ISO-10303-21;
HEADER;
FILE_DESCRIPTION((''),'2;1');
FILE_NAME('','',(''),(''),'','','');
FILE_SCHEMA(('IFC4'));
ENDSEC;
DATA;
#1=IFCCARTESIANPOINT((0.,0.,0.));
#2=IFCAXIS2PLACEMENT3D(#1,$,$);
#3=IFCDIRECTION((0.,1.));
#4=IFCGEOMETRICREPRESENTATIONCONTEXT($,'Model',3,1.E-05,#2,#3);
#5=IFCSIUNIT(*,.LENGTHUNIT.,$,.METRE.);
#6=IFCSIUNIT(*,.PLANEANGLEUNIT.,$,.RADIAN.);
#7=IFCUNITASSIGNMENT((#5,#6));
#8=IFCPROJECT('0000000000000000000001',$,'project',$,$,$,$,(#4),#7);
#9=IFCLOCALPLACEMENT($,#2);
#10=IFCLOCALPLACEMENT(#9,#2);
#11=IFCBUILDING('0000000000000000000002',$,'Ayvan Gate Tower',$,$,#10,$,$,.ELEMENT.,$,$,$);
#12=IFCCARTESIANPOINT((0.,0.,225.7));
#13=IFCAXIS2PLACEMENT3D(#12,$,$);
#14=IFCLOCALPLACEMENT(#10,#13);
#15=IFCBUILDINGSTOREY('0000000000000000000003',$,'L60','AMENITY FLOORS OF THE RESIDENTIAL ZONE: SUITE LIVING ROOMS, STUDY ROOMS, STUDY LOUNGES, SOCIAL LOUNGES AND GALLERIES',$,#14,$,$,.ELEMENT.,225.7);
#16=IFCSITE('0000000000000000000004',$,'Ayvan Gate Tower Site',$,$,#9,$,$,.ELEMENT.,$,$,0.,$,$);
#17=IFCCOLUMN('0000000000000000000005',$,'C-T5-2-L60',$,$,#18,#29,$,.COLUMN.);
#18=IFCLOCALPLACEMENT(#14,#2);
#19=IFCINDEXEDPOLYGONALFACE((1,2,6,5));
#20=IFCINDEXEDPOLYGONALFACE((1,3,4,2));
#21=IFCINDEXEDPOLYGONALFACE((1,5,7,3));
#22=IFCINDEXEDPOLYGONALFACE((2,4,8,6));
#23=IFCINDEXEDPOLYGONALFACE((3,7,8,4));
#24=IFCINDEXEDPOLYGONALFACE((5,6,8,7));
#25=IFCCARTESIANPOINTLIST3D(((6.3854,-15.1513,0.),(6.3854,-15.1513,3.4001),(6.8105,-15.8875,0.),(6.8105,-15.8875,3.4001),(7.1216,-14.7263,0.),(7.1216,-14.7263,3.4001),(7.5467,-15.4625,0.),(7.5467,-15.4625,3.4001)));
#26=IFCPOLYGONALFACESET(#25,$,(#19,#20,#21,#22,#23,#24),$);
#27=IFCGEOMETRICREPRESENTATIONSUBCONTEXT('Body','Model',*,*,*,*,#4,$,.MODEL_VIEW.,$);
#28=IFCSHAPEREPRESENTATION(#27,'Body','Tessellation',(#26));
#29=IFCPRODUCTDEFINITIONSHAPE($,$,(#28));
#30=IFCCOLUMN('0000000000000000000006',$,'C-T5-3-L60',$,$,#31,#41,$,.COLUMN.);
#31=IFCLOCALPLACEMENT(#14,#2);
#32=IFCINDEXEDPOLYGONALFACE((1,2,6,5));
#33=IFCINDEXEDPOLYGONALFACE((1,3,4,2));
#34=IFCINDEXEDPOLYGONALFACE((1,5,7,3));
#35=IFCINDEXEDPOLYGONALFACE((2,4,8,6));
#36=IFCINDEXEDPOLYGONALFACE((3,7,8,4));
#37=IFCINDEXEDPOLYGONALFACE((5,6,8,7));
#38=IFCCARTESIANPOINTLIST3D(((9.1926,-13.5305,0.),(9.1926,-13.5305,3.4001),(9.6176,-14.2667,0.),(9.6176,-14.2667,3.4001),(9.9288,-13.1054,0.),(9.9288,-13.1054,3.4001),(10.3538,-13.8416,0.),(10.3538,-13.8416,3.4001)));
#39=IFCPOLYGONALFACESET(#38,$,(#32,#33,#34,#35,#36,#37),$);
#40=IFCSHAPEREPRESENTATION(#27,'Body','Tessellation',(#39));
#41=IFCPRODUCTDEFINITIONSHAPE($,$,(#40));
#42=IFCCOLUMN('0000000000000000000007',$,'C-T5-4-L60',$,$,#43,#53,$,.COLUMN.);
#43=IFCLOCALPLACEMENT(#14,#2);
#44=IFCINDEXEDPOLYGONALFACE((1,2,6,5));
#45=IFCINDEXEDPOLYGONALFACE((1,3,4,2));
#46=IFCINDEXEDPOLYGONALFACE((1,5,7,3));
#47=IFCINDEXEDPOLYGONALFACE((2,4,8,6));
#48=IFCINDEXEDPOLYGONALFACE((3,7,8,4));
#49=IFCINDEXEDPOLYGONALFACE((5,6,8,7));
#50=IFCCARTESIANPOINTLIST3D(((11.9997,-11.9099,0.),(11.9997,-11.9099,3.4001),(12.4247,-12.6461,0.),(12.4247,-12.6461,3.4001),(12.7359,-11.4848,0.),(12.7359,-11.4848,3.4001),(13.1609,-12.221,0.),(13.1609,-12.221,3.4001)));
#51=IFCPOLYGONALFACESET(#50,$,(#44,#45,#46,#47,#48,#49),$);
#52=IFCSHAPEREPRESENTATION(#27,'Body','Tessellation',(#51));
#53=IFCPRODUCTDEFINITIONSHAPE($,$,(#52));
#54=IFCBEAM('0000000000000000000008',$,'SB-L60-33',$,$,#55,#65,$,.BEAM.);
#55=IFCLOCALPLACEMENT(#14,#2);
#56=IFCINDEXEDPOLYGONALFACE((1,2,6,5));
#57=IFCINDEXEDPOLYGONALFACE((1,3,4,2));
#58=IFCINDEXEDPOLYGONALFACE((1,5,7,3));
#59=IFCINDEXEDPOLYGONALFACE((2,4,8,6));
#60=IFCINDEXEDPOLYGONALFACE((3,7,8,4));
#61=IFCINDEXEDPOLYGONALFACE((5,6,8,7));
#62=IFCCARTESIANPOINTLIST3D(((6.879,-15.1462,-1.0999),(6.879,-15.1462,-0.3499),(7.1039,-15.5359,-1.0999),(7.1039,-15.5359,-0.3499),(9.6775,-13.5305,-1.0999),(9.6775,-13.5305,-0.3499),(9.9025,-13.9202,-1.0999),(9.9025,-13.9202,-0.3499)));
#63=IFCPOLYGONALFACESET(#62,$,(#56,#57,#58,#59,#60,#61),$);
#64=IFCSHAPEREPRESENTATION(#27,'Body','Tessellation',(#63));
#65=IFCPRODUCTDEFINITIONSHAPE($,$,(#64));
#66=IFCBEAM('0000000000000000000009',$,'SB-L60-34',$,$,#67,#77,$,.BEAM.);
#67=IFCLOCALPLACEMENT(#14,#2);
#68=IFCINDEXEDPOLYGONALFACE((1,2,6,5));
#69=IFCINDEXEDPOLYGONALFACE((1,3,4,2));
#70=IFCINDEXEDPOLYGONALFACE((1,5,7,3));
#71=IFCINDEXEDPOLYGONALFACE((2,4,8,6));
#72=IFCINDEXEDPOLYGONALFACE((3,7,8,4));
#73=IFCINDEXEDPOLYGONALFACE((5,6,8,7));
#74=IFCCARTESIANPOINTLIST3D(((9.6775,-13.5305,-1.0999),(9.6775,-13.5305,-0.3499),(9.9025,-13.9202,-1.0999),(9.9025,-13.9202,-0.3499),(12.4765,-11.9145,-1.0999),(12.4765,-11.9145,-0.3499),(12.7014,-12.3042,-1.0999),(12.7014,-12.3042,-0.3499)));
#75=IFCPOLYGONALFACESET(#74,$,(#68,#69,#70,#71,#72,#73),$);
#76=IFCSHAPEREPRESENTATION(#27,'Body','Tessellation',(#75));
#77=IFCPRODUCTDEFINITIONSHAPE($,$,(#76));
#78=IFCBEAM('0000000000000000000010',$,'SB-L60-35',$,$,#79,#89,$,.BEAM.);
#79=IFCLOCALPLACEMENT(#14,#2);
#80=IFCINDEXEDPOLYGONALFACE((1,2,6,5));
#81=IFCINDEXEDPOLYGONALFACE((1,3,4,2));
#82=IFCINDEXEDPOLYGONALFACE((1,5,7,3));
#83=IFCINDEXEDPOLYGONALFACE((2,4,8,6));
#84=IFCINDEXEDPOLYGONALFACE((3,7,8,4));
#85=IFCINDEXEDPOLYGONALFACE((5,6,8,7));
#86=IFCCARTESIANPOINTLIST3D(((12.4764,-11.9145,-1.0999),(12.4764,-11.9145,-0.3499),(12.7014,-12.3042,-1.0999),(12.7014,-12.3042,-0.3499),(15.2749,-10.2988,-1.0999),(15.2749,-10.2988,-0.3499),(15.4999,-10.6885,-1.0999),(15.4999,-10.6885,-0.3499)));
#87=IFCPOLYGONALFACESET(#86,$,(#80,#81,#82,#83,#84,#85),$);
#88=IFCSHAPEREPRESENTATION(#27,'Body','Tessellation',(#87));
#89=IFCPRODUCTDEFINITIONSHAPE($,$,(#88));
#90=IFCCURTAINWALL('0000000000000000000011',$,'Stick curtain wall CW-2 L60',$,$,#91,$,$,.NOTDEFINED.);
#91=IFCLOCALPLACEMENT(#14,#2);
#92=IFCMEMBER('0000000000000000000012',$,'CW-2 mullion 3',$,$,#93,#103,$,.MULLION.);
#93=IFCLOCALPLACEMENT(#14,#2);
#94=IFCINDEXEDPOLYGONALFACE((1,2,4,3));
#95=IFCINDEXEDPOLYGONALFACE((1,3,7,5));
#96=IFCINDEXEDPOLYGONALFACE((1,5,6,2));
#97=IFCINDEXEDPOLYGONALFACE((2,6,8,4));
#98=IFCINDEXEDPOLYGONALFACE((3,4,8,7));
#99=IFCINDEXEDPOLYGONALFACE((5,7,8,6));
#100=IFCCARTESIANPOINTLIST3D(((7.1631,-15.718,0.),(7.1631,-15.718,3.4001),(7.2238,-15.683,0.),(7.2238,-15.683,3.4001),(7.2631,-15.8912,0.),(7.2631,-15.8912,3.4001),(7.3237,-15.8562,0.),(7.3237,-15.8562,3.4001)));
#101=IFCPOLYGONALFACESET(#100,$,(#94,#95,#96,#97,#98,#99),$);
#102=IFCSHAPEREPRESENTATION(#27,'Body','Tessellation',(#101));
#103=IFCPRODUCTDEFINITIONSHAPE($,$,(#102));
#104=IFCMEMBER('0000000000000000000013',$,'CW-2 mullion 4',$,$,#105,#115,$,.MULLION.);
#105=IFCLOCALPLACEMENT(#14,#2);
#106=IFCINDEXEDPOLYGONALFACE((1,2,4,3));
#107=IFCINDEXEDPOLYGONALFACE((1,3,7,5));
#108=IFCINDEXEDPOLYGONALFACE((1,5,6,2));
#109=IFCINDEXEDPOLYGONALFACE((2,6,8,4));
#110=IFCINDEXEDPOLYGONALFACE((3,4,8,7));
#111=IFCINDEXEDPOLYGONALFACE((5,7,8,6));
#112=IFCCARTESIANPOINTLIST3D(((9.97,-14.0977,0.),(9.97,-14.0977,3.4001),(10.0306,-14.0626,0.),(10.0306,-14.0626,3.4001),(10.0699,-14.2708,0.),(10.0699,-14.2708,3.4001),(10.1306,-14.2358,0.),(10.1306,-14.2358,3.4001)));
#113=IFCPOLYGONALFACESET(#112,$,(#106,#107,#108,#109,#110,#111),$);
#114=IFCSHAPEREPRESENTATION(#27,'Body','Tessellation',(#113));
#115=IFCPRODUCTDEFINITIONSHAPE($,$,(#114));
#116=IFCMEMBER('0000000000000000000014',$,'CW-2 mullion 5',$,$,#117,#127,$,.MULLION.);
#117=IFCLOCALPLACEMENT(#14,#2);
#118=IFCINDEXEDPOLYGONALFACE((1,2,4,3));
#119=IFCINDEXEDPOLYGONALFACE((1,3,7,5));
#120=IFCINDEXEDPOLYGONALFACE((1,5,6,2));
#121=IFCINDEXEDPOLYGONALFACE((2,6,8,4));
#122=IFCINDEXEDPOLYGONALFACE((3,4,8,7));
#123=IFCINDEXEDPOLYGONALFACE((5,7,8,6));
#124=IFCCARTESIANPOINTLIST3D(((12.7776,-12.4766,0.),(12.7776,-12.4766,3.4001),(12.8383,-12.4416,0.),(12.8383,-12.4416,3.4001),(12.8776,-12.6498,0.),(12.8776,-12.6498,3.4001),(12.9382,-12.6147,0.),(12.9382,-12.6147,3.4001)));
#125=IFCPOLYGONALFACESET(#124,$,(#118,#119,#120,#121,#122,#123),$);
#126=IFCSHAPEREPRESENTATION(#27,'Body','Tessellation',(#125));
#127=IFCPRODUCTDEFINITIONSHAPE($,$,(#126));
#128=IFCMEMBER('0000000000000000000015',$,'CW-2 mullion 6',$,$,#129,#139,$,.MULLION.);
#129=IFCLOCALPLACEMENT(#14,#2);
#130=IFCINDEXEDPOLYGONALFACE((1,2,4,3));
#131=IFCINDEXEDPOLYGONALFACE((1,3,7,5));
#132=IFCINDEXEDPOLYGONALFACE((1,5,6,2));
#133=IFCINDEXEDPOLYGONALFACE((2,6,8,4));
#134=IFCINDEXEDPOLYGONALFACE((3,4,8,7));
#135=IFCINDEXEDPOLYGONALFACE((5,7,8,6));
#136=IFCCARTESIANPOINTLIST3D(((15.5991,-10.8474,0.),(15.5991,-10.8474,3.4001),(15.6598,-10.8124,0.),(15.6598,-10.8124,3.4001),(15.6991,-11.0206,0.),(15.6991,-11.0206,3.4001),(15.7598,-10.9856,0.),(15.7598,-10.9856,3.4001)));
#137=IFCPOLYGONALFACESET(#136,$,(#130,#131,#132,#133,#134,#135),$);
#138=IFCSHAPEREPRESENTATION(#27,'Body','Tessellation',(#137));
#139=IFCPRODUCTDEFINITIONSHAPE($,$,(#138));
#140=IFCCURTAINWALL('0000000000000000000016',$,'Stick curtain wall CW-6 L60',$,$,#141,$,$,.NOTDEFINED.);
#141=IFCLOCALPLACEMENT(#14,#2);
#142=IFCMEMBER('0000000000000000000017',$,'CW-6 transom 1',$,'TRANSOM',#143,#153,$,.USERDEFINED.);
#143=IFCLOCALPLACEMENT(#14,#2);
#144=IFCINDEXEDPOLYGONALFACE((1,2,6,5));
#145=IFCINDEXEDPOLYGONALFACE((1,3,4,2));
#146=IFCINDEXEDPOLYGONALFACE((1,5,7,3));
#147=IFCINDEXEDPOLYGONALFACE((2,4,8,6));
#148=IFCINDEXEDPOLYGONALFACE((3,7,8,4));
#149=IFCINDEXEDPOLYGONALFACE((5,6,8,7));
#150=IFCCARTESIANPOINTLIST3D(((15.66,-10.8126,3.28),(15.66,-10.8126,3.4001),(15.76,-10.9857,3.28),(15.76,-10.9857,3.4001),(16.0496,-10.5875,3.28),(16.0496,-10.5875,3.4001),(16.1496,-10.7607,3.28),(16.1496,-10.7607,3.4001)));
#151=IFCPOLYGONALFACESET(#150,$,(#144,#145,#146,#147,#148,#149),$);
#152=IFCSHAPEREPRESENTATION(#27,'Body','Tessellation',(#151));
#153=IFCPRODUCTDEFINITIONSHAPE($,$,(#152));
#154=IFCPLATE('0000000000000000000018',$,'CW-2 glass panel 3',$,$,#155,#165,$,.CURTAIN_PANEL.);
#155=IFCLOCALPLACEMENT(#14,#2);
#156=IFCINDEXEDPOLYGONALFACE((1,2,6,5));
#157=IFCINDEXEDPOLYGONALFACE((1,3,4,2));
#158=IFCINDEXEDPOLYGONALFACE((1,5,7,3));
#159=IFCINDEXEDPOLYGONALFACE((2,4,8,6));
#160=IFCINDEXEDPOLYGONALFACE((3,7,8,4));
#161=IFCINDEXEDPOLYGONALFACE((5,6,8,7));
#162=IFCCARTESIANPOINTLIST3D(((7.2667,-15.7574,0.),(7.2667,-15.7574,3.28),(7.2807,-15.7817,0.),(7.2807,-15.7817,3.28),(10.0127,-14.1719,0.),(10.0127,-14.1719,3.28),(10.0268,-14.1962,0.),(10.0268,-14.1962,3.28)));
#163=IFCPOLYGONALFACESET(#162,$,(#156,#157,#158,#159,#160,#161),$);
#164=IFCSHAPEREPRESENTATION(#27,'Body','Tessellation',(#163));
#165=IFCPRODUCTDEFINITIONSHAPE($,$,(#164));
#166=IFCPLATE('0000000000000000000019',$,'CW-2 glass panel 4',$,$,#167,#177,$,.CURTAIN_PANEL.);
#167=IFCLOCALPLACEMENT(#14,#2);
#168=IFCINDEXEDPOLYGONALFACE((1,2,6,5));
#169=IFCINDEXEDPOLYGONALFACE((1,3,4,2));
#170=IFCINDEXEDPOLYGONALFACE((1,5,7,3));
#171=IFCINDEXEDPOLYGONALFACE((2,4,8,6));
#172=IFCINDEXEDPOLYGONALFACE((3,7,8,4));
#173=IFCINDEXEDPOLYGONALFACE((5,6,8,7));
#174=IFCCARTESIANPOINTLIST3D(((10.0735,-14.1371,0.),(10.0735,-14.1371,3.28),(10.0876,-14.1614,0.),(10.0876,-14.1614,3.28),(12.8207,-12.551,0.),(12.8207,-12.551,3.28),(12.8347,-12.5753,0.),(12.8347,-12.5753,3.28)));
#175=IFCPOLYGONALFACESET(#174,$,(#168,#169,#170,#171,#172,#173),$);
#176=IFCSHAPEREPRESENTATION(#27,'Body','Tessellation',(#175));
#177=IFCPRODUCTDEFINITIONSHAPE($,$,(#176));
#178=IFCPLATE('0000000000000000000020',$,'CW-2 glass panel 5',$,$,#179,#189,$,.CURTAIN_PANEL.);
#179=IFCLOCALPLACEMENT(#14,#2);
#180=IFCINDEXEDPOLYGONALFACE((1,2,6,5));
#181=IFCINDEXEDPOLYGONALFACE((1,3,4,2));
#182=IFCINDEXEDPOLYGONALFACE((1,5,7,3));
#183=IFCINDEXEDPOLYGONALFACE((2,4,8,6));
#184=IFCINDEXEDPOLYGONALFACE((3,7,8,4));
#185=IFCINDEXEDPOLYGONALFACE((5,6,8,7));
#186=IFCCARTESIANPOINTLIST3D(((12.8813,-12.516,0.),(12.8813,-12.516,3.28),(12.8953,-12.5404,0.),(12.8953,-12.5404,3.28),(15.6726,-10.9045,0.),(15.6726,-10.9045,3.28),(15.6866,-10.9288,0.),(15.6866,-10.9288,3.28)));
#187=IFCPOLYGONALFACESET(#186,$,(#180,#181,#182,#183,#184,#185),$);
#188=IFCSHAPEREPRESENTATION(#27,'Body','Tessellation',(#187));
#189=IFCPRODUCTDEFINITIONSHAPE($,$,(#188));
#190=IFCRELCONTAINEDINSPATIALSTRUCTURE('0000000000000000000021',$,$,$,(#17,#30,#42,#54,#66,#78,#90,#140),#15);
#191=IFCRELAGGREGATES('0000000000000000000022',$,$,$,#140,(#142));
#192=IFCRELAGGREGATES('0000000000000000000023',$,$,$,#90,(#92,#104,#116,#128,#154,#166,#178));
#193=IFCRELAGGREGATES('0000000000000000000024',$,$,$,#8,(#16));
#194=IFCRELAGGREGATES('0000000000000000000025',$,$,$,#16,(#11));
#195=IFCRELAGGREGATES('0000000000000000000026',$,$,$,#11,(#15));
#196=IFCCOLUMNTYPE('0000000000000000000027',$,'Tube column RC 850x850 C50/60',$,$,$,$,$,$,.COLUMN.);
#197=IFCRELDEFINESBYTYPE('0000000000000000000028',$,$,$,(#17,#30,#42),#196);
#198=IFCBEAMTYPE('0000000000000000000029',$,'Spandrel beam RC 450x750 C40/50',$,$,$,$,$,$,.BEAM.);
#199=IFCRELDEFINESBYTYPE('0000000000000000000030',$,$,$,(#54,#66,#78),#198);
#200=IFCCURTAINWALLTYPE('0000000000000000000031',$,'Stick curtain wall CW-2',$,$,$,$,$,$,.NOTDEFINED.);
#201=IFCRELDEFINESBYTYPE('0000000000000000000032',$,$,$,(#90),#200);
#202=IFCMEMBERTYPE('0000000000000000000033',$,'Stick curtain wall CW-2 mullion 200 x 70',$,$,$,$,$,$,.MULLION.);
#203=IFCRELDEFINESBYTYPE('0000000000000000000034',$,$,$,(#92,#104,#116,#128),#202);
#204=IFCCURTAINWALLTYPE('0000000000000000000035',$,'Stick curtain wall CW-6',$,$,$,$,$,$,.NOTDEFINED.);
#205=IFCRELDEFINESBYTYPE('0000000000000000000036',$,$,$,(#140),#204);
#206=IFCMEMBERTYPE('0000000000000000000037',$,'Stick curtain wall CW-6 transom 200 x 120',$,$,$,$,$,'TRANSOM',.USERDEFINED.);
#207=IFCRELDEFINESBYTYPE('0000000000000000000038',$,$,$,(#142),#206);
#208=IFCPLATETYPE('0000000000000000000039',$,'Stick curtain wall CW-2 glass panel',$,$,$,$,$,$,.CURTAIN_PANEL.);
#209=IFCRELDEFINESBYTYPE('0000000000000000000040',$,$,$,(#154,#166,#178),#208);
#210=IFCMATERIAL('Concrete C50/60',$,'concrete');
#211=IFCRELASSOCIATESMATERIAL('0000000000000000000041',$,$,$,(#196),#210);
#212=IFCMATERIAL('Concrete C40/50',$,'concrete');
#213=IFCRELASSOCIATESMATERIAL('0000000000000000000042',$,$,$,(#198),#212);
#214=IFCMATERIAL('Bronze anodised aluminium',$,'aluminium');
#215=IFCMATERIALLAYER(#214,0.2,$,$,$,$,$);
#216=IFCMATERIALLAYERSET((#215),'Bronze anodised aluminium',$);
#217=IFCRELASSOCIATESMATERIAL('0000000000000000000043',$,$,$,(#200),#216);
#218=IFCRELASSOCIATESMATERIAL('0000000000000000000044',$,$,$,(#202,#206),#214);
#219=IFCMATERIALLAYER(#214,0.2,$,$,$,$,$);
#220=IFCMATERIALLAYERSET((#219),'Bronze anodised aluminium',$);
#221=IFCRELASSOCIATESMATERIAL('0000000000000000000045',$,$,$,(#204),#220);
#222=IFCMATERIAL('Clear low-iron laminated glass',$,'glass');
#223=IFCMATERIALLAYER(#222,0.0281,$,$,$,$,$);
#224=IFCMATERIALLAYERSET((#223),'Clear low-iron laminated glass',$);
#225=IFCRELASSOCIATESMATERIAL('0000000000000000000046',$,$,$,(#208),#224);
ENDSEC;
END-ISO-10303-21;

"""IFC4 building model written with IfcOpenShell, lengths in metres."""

from ifc_helpers import new_model, si_unit, direction, frame, origin, origin_2d, place, context, subcontext, project, spatial, rectangle, extrude, material, layer, layer_set, material_profile, profile_set, type_object, element, aggregate, save


model = new_model("IFC4")

# Units and contexts
model_context = context("Model", 3, precision=1e-05, world=origin(), true_north=direction((0.0, 1.0)))
body_context = subcontext(model_context, "Body", "Model", "MODEL_VIEW")
ifc_project = project(units=[si_unit("LENGTHUNIT", "METRE"), si_unit("PLANEANGLEUNIT", "RADIAN")], contexts=[model_context])

# Site, building, storey
site_placement = place(None, origin())
site = spatial("IfcSite", under=ifc_project, at=site_placement, Name="Ayvan Gate Tower Site", CompositionType="ELEMENT", RefElevation=0.0)
building_placement = place(site_placement, origin())
building = spatial("IfcBuilding", under=site, at=building_placement, Name="Ayvan Gate Tower", CompositionType="ELEMENT")
storey_placement = place(building_placement, frame((0.0, 0.0, 225.7)))
storey = spatial("IfcBuildingStorey", under=building, at=storey_placement, Name="L60", Description="AMENITY FLOORS OF THE RESIDENTIAL ZONE: SUITE LIVING ROOMS, STUDY ROOMS, STUDY LOUNGES, SOCIAL LOUNGES AND GALLERIES", CompositionType="ELEMENT", Elevation=225.7)

# Columns
ifc_material_1 = material(Name="Concrete C50/60", Category="concrete")
ifc_material_profile_1 = material_profile(ifc_material_1, rectangle(XDim=0.8501, YDim=0.8501, at=origin_2d()), Name="RC 850x850")
ifc_profile_set_1 = profile_set([ifc_material_profile_1], Name="Concrete C50/60")
column_type = type_object("IfcColumnType", Name="Tube column RC 850x850 C50/60", PredefinedType="COLUMN", material=ifc_profile_set_1)
for number, where, z_axis, x_axis, name in (
    (1, (6.9661, -15.3069, 0.0), (0.0, 0.0, 1.0), (0.5, -0.866025, 0.0), "C-T5-2-L60"),
    (2, (9.7732, -13.686, 0.0), (0.0, 0.0, 1.0), (0.5, -0.866025, 0.0), "C-T5-3-L60"),
    (3, (12.5803, -12.0654, 0.0), (0.0, 0.0, 1.0), (0.5, -0.866025, 0.0), "C-T5-4-L60"),
):
    element("IfcColumn", number, at=place(storey_placement, frame(where, z_axis=z_axis, x_axis=x_axis)), inside=storey, type_object=column_type, Name=name, PredefinedType="COLUMN", context=body_context, shape_type="SweptSolid", body=[
        extrude(rectangle(XDim=0.8501, YDim=0.8501, at=origin_2d()), origin(), (0.0, 0.0, 1.0), 3.4001),
    ])

# Beams
ifc_material_2 = material(Name="Concrete C40/50", Category="concrete")
ifc_material_profile_2 = material_profile(ifc_material_2, rectangle(XDim=0.45, YDim=0.75, at=origin_2d()), Name="RC 450x750")
ifc_profile_set_2 = profile_set([ifc_material_profile_2], Name="Concrete C40/50")
beam_type = type_object("IfcBeamType", Name="Spandrel beam RC 450x750 C40/50", PredefinedType="BEAM", material=ifc_profile_set_2)
beam_1_placement = place(storey_placement, frame((6.9915, -15.3411, -0.7249), z_axis=(0.866031, 0.499991, 0.0), x_axis=(-0.499991, 0.866031, 0.0)))
element("IfcBeam", 4, at=beam_1_placement, inside=storey, type_object=beam_type, Name="SB-L60-33", PredefinedType="BEAM", context=body_context, shape_type="SweptSolid", body=[
    extrude(rectangle(XDim=0.45, YDim=0.75, at=origin_2d()), origin(), (0.0, 0.0, 1.0), 3.2314),
])
beam_2_placement = place(storey_placement, frame((9.79, -13.7253, -0.7249), z_axis=(0.866017, 0.500015, 0.0), x_axis=(-0.500015, 0.866017, 0.0)))
element("IfcBeam", 5, at=beam_2_placement, inside=storey, type_object=beam_type, Name="SB-L60-34", PredefinedType="BEAM", context=body_context, shape_type="SweptSolid", body=[
    extrude(rectangle(XDim=0.45, YDim=0.75, at=origin_2d()), origin(), (0.0, 0.0, 1.0), 3.2319),
])
beam_3_placement = place(storey_placement, frame((12.5889, -12.1094, -0.7249), z_axis=(0.866031, 0.499991, 0.0), x_axis=(-0.499991, 0.866031, 0.0)))
element("IfcBeam", 6, at=beam_3_placement, inside=storey, type_object=beam_type, Name="SB-L60-35", PredefinedType="BEAM", context=body_context, shape_type="SweptSolid", body=[
    extrude(rectangle(XDim=0.45, YDim=0.75, at=origin_2d()), origin(), (0.0, 0.0, 1.0), 3.2314),
])

# Curtain wall, members
ifc_material_3 = material(Name="Bronze anodised aluminium", Category="aluminium")
ifc_layer_1 = layer(ifc_material_3, 0.2)
ifc_layer_set_1 = layer_set([ifc_layer_1], Name="Bronze anodised aluminium")
curtain_wall_type_1 = type_object("IfcCurtainWallType", Name="Stick curtain wall CW-2", PredefinedType="NOTDEFINED", material=ifc_layer_set_1)
curtain_wall_1_placement = place(storey_placement, origin())
curtain_wall_1 = element("IfcCurtainWall", 7, at=curtain_wall_1_placement, inside=storey, type_object=curtain_wall_type_1, Name="Stick curtain wall CW-2 L60", PredefinedType="NOTDEFINED")
ifc_material_profile_3 = material_profile(ifc_material_3, rectangle(XDim=0.2, YDim=0.0701, at=origin_2d()), Name="Stick curtain wall CW-2 mullion 200 x 70")
ifc_profile_set_3 = profile_set([ifc_material_profile_3], Name="Bronze anodised aluminium")
member_type_1 = type_object("IfcMemberType", Name="Stick curtain wall CW-2 mullion 200 x 70", PredefinedType="MULLION", material=ifc_profile_set_3)
member_1_placement = place(storey_placement, frame((7.2434, -15.7871, 0.0), z_axis=(0.0, 0.0, 1.0), x_axis=(0.5, -0.866025, 0.0)))
member_1 = element("IfcMember", 8, at=member_1_placement, type_object=member_type_1, Name="CW-2 mullion 3", PredefinedType="MULLION", context=body_context, shape_type="SweptSolid", body=[
    extrude(rectangle(XDim=0.2, YDim=0.0701, at=origin_2d()), origin(), (0.0, 0.0, 1.0), 3.4001),
])
member_2_placement = place(storey_placement, frame((10.0503, -14.1667, 0.0), z_axis=(0.0, 0.0, 1.0), x_axis=(0.5, -0.866025, 0.0)))
member_2 = element("IfcMember", 9, at=member_2_placement, type_object=member_type_1, Name="CW-2 mullion 4", PredefinedType="MULLION", context=body_context, shape_type="SweptSolid", body=[
    extrude(rectangle(XDim=0.2, YDim=0.0701, at=origin_2d()), origin(), (0.0, 0.0, 1.0), 3.4001),
])
member_3_placement = place(storey_placement, frame((12.8579, -12.5457, 0.0), z_axis=(0.0, 0.0, 1.0), x_axis=(0.5, -0.866025, 0.0)))
member_3 = element("IfcMember", 10, at=member_3_placement, type_object=member_type_1, Name="CW-2 mullion 5", PredefinedType="MULLION", context=body_context, shape_type="SweptSolid", body=[
    extrude(rectangle(XDim=0.2, YDim=0.0701, at=origin_2d()), origin(), (0.0, 0.0, 1.0), 3.4001),
])
member_4_placement = place(storey_placement, frame((15.6794, -10.9165, 0.0), z_axis=(0.0, 0.0, 1.0), x_axis=(0.5, -0.866025, 0.0)))
member_4 = element("IfcMember", 11, at=member_4_placement, type_object=member_type_1, Name="CW-2 mullion 6", PredefinedType="MULLION", context=body_context, shape_type="SweptSolid", body=[
    extrude(rectangle(XDim=0.2, YDim=0.0701, at=origin_2d()), origin(), (0.0, 0.0, 1.0), 3.4001),
])

# Curtain wall, member
ifc_layer_2 = layer(ifc_material_3, 0.2)
ifc_layer_set_2 = layer_set([ifc_layer_2], Name="Bronze anodised aluminium")
curtain_wall_type_2 = type_object("IfcCurtainWallType", Name="Stick curtain wall CW-6", PredefinedType="NOTDEFINED", material=ifc_layer_set_2)
curtain_wall_2_placement = place(storey_placement, origin())
curtain_wall_2 = element("IfcCurtainWall", 12, at=curtain_wall_2_placement, inside=storey, type_object=curtain_wall_type_2, Name="Stick curtain wall CW-6 L60", PredefinedType="NOTDEFINED")
ifc_material_profile_4 = material_profile(ifc_material_3, rectangle(XDim=0.2, YDim=0.1201, at=origin_2d()), Name="Stick curtain wall CW-6 transom 200 x 120")
ifc_profile_set_4 = profile_set([ifc_material_profile_4], Name="Bronze anodised aluminium")
member_type_2 = type_object("IfcMemberType", Name="Stick curtain wall CW-6 transom 200 x 120", ElementType="TRANSOM", PredefinedType="USERDEFINED", material=ifc_profile_set_4)
member_5_placement = place(storey_placement, frame((15.71, -10.8992, 3.3401), z_axis=(0.865896, 0.500223, 0.0), x_axis=(-0.500223, 0.865896, 0.0)))
member_5 = element("IfcMember", 13, at=member_5_placement, type_object=member_type_2, Name="CW-6 transom 1", ObjectType="TRANSOM", PredefinedType="USERDEFINED", context=body_context, shape_type="SweptSolid", body=[
    extrude(rectangle(XDim=0.2, YDim=0.1201, at=origin_2d()), origin(), (0.0, 0.0, 1.0), 0.45),
])
aggregate(curtain_wall_2, [member_5])

# Plates
ifc_material_4 = material(Name="Clear low-iron laminated glass", Category="glass")
ifc_layer_3 = layer(ifc_material_4, 0.0281)
ifc_layer_set_3 = layer_set([ifc_layer_3], Name="Clear low-iron laminated glass")
plate_type = type_object("IfcPlateType", Name="Stick curtain wall CW-2 glass panel", PredefinedType="CURTAIN_PANEL", material=ifc_layer_set_3)
plate_1_placement = place(storey_placement, frame((8.6467, -14.9768, 0.0), z_axis=(0.0, 0.0, 1.0), x_axis=(0.866025, 0.5, 0.0)))
plate_1 = element("IfcPlate", 14, at=plate_1_placement, type_object=plate_type, Name="CW-2 glass panel 3", PredefinedType="CURTAIN_PANEL", context=body_context, shape_type="SweptSolid", body=[
    extrude(rectangle(XDim=3.1709, YDim=0.0281, at=origin_2d()), origin(), (0.0, 0.0, 1.0), 3.28),
])
plate_2_placement = place(storey_placement, frame((11.4541, -13.3562, 0.0), z_axis=(0.0, 0.0, 1.0), x_axis=(0.866025, 0.5, 0.0)))
plate_2 = element("IfcPlate", 15, at=plate_2_placement, type_object=plate_type, Name="CW-2 glass panel 4", PredefinedType="CURTAIN_PANEL", context=body_context, shape_type="SweptSolid", body=[
    extrude(rectangle(XDim=3.1721, YDim=0.0281, at=origin_2d()), origin(), (0.0, 0.0, 1.0), 3.28),
])
plate_3_placement = place(storey_placement, frame((14.2839, -11.7224, 0.0), z_axis=(0.0, 0.0, 1.0), x_axis=(0.866025, 0.5, 0.0)))
plate_3 = element("IfcPlate", 16, at=plate_3_placement, type_object=plate_type, Name="CW-2 glass panel 5", PredefinedType="CURTAIN_PANEL", context=body_context, shape_type="SweptSolid", body=[
    extrude(rectangle(XDim=3.2231, YDim=0.0281, at=origin_2d()), origin(), (0.0, 0.0, 1.0), 3.28),
])
aggregate(curtain_wall_1, [member_1, member_2, member_3, member_4, plate_1, plate_2, plate_3])

save(model, "model.ifc")
